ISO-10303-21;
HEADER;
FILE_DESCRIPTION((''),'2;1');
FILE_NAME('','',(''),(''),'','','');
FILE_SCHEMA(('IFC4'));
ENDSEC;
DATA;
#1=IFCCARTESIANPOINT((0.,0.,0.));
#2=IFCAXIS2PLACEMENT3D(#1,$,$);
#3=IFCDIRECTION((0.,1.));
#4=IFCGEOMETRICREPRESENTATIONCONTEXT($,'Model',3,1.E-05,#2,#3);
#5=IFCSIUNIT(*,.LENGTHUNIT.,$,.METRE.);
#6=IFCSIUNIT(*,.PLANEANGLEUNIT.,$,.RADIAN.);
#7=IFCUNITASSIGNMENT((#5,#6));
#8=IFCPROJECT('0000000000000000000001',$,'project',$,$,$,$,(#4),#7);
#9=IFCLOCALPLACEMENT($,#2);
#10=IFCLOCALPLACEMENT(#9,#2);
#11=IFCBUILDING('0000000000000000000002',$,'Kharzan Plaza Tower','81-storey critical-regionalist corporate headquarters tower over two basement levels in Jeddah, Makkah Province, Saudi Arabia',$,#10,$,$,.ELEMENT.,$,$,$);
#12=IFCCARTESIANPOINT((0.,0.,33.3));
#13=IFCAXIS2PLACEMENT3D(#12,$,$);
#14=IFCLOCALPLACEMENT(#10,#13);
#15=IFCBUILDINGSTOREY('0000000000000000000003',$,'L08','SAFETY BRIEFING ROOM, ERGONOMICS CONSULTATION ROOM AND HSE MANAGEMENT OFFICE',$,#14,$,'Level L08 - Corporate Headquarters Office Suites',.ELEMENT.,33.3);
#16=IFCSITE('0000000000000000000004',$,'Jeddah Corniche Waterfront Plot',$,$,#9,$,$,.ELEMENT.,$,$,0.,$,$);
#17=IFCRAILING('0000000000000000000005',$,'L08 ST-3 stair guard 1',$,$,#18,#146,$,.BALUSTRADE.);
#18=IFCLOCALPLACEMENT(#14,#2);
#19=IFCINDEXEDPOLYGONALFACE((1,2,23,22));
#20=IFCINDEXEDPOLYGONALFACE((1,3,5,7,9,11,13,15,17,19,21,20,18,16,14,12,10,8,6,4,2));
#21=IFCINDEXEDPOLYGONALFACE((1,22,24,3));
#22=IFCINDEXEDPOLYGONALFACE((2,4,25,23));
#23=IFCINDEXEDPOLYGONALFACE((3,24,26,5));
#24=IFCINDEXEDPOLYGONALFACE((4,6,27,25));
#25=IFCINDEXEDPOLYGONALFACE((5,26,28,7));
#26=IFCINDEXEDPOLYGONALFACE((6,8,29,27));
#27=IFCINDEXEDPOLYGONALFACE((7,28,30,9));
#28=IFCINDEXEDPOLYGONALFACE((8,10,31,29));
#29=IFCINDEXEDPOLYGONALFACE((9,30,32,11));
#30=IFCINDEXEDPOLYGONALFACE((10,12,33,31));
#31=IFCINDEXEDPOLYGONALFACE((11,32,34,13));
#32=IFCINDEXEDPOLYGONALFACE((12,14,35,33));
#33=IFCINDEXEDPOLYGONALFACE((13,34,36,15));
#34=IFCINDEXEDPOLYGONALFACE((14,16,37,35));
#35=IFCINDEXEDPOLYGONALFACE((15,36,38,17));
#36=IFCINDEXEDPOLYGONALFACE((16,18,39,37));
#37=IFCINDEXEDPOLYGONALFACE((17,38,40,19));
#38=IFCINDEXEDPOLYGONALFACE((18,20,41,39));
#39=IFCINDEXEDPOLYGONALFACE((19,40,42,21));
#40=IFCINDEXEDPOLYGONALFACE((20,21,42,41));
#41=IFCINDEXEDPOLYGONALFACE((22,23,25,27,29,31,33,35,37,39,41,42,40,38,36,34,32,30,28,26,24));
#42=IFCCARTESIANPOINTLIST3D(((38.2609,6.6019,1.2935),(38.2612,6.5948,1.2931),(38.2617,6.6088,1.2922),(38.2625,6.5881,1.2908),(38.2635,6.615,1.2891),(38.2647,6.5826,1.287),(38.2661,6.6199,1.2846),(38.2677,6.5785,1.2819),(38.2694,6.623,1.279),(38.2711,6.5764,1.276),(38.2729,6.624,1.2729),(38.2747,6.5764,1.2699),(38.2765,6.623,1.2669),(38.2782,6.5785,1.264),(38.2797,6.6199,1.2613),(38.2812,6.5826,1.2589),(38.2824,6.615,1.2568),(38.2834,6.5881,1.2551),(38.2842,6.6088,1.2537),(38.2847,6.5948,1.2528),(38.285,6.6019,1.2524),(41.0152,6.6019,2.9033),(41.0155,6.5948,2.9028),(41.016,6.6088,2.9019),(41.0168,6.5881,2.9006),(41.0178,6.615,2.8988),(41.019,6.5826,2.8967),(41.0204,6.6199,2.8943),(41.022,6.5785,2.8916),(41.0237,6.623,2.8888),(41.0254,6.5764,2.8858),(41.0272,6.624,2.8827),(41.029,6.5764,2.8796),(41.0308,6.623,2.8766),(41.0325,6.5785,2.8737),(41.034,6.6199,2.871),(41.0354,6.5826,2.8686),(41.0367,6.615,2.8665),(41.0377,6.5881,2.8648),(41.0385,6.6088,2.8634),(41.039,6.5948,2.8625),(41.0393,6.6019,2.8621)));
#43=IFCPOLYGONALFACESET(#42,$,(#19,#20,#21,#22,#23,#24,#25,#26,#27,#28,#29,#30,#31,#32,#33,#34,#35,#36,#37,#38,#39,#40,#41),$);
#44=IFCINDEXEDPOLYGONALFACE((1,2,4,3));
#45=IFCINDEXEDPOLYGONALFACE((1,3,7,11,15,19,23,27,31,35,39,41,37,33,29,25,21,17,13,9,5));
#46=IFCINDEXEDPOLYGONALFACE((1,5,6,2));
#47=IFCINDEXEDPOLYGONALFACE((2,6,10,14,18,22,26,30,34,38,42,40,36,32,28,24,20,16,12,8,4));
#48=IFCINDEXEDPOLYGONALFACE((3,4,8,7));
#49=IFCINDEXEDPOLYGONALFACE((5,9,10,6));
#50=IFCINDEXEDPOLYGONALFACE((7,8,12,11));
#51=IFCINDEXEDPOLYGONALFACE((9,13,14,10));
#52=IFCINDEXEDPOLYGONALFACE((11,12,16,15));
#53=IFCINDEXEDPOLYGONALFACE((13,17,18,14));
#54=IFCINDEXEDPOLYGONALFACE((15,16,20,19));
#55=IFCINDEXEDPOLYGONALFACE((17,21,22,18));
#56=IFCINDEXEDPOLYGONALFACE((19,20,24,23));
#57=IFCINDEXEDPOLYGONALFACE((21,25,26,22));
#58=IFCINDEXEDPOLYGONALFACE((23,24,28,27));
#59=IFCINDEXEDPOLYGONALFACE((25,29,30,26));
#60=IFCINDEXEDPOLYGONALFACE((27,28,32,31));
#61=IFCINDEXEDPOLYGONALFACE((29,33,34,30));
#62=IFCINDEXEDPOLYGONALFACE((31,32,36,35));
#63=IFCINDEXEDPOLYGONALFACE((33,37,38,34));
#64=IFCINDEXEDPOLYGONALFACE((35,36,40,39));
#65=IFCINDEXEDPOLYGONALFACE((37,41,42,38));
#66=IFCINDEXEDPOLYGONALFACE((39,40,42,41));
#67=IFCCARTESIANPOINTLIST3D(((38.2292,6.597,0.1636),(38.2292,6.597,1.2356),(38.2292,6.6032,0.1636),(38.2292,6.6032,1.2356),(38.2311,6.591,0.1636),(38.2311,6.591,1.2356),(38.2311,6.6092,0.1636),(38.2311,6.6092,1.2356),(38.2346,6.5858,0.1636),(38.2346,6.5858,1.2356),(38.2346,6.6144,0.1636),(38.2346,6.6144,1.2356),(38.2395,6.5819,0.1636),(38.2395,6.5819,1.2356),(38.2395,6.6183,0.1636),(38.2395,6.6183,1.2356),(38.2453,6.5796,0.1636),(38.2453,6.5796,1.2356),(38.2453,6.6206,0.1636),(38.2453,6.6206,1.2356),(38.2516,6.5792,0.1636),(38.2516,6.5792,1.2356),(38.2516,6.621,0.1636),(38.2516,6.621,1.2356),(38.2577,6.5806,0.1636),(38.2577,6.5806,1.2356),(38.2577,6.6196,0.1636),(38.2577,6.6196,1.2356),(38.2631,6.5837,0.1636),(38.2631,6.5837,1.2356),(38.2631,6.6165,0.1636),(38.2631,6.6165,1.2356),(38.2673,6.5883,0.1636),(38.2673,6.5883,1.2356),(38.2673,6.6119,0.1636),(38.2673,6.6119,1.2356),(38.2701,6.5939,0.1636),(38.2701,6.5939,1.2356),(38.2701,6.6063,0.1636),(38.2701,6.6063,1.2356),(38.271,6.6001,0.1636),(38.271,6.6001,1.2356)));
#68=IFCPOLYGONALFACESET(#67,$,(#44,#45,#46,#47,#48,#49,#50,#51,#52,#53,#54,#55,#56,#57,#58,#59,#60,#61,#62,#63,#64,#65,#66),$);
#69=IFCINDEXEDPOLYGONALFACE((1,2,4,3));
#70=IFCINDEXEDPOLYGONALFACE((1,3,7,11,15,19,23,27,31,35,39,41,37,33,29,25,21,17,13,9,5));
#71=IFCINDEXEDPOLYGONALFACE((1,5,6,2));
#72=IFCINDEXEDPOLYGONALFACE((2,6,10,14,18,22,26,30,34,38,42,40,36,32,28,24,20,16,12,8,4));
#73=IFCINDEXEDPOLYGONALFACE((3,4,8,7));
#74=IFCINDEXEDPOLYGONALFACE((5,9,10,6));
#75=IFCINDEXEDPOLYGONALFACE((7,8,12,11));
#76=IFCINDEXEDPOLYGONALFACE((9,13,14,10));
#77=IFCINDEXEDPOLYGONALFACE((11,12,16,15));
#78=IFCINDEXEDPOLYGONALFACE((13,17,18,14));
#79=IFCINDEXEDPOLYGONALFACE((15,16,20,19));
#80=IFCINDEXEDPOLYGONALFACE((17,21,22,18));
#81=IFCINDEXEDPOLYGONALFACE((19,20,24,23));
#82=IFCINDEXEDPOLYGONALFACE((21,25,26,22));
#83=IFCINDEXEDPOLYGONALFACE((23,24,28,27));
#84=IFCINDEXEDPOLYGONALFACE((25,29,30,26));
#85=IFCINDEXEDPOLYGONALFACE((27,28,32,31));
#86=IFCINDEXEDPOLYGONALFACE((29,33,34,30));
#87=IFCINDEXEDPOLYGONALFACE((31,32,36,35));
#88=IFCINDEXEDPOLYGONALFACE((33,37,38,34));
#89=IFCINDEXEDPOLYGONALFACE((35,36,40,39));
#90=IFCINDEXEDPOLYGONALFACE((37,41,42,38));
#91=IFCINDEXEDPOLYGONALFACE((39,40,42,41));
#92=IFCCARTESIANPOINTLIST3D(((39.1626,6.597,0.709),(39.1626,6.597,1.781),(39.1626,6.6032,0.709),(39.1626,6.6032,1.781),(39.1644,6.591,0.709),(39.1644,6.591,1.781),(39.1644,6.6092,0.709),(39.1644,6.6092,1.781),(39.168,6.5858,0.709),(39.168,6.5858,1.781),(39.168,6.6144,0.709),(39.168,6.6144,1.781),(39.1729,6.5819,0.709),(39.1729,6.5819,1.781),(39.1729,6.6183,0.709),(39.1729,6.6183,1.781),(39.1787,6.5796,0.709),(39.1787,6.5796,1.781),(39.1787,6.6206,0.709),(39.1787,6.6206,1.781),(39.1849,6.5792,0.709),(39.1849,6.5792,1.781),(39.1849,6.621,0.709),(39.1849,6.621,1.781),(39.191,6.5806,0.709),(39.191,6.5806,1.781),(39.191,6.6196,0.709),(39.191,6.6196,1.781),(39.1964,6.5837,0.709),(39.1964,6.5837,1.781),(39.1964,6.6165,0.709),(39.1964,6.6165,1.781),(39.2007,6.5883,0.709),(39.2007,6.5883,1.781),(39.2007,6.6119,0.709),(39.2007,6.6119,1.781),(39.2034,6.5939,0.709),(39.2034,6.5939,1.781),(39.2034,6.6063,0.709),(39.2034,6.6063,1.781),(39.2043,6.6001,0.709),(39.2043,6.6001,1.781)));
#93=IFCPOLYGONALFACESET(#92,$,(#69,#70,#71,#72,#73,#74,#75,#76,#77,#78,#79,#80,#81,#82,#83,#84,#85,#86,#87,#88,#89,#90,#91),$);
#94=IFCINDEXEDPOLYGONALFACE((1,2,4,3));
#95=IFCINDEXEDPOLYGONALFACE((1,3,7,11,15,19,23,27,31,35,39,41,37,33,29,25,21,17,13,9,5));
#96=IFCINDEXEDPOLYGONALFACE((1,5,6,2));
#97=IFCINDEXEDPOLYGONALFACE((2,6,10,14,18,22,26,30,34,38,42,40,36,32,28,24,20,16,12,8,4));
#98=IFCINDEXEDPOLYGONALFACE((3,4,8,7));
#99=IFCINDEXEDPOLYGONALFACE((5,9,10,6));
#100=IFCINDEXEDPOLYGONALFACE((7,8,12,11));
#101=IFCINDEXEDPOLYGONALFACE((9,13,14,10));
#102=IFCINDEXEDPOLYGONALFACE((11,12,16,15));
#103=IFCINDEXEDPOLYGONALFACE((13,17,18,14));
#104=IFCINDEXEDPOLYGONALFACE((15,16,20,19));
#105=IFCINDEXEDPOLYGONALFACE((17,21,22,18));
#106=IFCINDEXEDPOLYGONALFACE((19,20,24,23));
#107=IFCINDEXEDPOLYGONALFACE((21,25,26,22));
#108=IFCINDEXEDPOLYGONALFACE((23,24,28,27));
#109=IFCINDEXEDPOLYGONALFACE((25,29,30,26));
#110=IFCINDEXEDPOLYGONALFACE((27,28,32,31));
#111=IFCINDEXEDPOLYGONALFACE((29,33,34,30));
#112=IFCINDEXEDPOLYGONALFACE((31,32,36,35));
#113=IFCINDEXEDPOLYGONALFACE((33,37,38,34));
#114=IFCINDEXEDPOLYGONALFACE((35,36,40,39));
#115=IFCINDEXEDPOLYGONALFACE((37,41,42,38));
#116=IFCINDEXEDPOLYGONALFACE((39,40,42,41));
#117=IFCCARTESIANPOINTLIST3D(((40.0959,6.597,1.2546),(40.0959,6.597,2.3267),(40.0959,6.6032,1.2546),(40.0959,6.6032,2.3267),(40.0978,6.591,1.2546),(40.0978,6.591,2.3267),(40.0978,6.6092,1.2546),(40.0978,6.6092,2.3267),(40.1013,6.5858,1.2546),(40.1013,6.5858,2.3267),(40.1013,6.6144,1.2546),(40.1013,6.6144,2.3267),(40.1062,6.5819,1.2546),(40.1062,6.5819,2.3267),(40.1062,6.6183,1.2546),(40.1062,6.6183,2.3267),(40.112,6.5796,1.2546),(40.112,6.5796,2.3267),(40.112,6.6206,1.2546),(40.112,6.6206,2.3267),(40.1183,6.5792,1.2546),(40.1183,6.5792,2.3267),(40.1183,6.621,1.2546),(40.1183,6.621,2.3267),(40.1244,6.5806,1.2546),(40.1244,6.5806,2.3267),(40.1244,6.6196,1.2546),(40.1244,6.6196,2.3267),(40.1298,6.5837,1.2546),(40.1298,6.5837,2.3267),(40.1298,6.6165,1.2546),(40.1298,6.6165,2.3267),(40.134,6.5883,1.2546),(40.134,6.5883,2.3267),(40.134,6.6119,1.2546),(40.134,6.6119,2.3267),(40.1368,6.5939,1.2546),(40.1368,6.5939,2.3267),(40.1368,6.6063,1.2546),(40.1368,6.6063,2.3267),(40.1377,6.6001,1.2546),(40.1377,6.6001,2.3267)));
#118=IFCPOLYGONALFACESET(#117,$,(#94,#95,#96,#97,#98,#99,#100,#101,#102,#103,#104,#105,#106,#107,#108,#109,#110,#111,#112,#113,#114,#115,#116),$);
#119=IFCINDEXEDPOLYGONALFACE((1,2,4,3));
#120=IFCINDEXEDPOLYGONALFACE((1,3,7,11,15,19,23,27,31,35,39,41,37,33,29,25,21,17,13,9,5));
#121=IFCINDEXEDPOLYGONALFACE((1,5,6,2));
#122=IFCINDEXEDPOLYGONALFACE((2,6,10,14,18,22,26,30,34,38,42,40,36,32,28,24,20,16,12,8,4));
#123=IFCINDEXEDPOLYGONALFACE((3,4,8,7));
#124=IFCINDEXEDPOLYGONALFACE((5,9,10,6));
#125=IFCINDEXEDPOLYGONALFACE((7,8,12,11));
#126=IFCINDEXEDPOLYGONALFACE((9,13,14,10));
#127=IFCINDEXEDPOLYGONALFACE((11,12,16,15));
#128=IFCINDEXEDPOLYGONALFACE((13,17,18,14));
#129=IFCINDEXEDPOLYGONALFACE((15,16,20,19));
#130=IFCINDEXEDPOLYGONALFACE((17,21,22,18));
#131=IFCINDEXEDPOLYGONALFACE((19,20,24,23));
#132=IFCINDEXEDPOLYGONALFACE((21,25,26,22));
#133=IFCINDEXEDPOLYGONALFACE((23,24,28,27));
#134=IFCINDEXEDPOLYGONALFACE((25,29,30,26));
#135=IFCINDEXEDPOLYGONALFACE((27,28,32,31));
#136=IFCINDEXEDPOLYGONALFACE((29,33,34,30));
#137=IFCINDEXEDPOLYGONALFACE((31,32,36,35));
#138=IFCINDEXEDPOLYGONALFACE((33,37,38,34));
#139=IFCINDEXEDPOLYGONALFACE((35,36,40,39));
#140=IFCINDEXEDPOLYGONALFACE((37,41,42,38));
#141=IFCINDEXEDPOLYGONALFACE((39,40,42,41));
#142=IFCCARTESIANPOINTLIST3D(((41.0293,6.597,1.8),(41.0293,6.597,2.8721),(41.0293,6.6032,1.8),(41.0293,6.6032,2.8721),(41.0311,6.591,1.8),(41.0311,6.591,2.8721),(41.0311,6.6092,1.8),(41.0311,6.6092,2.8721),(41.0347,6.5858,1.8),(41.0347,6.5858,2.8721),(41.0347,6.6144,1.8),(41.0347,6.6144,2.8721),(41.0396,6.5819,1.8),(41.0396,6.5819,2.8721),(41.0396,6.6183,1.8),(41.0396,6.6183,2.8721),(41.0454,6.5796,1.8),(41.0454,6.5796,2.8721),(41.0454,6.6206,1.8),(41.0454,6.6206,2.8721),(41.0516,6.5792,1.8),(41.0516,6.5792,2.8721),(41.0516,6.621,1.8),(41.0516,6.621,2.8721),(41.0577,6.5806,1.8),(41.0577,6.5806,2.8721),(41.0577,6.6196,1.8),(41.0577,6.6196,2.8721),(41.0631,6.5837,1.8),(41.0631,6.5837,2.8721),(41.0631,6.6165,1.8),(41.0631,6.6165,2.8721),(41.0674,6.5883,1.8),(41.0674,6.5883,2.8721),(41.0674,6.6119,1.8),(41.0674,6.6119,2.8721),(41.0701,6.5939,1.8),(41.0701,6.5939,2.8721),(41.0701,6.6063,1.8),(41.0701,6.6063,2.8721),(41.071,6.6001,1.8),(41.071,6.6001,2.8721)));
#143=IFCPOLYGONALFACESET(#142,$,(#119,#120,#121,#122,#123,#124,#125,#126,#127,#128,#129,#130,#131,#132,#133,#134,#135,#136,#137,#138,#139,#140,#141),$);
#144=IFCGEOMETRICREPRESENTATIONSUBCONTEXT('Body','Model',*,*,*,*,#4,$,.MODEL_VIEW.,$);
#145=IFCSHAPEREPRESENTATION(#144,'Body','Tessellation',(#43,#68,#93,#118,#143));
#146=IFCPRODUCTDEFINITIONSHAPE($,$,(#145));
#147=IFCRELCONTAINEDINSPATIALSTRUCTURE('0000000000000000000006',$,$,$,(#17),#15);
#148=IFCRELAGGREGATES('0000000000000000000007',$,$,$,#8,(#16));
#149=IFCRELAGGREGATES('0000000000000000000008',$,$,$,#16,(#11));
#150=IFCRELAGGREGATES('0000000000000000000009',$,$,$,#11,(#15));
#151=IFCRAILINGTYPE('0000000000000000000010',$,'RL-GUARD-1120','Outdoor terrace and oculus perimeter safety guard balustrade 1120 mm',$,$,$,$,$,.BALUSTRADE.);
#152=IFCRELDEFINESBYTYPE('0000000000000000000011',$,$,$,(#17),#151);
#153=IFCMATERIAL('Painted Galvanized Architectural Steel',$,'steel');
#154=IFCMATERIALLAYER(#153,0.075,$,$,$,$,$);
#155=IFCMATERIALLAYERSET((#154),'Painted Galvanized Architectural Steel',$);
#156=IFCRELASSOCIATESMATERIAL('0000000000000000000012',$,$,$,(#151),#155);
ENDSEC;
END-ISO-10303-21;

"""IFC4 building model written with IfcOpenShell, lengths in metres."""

from ifc_helpers import new_model, si_unit, direction, frame, origin, origin_2d, place, context, subcontext, project, spatial, circle, extrude, source, transform, mapped, material, layer, layer_set, type_object, element, save


model = new_model("IFC4")

# Units and contexts
model_context = context("Model", 3, precision=1e-05, world=origin(), true_north=direction((0.0, 1.0)))
body_context = subcontext(model_context, "Body", "Model", "MODEL_VIEW")
ifc_project = project(units=[si_unit("LENGTHUNIT", "METRE"), si_unit("PLANEANGLEUNIT", "RADIAN")], contexts=[model_context])

# Site, building, storey
site_placement = place(None, origin())
site = spatial("IfcSite", under=ifc_project, at=site_placement, Name="Jeddah Corniche Waterfront Plot", CompositionType="ELEMENT", RefElevation=0.0)
building_placement = place(site_placement, origin())
building = spatial("IfcBuilding", under=site, at=building_placement, Name="Kharzan Plaza Tower", Description="81-storey critical-regionalist corporate headquarters tower over two basement levels in Jeddah, Makkah Province, Saudi Arabia", CompositionType="ELEMENT")
storey_placement = place(building_placement, frame((0.0, 0.0, 33.3)))
storey = spatial("IfcBuildingStorey", under=building, at=storey_placement, Name="L08", Description="SAFETY BRIEFING ROOM, ERGONOMICS CONSULTATION ROOM AND HSE MANAGEMENT OFFICE", LongName="Level L08 - Corporate Headquarters Office Suites", CompositionType="ELEMENT", Elevation=33.3)

# Railing
ifc_material_1 = material(Name="Painted Galvanized Architectural Steel", Category="steel")
ifc_layer_1 = layer(ifc_material_1, 0.075)
ifc_layer_set_1 = layer_set([ifc_layer_1], Name="Painted Galvanized Architectural Steel")
railing_type_1 = type_object("IfcRailingType", Name="RL-GUARD-1120", Description="Outdoor terrace and oculus perimeter safety guard balustrade 1120 mm", PredefinedType="BALUSTRADE", material=ifc_layer_set_1)
shared_shape_1 = source(origin(), body_context, "Body", "SweptSolid", [
    extrude(circle(Radius=0.0239, at=origin_2d()), frame((0.0229, 0.0, 1.1094), z_axis=(0.863361, 0.0, 0.504587), x_axis=(0.0, 1.0, 0.0)), (0.0, 0.0, 1.0), 3.1902),
    extrude(circle(Radius=0.021, at=origin_2d()), origin(), (0.0, 0.0, 1.0), 1.072),
    extrude(circle(Radius=0.021, at=origin_2d()), frame((0.9333, 0.0, 0.5454)), (0.0, 0.0, 1.0), 1.072),
    extrude(circle(Radius=0.021, at=origin_2d()), frame((1.8667, 0.0, 1.0911)), (0.0, 0.0, 1.0), 1.072),
    extrude(circle(Radius=0.021, at=origin_2d()), frame((2.8, 0.0, 1.6365)), (0.0, 0.0, 1.0), 1.072),
])
railing_1_placement = place(storey_placement, frame((38.25, 6.6001, 0.1636)))
element("IfcRailing", 1, at=railing_1_placement, inside=storey, type_object=railing_type_1, Name="L08 ST-3 stair guard 1", PredefinedType="BALUSTRADE", context=body_context, shape_type="MappedRepresentation", body=[
    mapped(shared_shape_1, transform((0.0, 0.0, 0.0), x_axis=(1.0, 0.0, 0.0), y_axis=(0.0, 1.0, 0.0), z_axis=(0.0, 0.0, 1.0))),
])

save(model, "model.ifc")
